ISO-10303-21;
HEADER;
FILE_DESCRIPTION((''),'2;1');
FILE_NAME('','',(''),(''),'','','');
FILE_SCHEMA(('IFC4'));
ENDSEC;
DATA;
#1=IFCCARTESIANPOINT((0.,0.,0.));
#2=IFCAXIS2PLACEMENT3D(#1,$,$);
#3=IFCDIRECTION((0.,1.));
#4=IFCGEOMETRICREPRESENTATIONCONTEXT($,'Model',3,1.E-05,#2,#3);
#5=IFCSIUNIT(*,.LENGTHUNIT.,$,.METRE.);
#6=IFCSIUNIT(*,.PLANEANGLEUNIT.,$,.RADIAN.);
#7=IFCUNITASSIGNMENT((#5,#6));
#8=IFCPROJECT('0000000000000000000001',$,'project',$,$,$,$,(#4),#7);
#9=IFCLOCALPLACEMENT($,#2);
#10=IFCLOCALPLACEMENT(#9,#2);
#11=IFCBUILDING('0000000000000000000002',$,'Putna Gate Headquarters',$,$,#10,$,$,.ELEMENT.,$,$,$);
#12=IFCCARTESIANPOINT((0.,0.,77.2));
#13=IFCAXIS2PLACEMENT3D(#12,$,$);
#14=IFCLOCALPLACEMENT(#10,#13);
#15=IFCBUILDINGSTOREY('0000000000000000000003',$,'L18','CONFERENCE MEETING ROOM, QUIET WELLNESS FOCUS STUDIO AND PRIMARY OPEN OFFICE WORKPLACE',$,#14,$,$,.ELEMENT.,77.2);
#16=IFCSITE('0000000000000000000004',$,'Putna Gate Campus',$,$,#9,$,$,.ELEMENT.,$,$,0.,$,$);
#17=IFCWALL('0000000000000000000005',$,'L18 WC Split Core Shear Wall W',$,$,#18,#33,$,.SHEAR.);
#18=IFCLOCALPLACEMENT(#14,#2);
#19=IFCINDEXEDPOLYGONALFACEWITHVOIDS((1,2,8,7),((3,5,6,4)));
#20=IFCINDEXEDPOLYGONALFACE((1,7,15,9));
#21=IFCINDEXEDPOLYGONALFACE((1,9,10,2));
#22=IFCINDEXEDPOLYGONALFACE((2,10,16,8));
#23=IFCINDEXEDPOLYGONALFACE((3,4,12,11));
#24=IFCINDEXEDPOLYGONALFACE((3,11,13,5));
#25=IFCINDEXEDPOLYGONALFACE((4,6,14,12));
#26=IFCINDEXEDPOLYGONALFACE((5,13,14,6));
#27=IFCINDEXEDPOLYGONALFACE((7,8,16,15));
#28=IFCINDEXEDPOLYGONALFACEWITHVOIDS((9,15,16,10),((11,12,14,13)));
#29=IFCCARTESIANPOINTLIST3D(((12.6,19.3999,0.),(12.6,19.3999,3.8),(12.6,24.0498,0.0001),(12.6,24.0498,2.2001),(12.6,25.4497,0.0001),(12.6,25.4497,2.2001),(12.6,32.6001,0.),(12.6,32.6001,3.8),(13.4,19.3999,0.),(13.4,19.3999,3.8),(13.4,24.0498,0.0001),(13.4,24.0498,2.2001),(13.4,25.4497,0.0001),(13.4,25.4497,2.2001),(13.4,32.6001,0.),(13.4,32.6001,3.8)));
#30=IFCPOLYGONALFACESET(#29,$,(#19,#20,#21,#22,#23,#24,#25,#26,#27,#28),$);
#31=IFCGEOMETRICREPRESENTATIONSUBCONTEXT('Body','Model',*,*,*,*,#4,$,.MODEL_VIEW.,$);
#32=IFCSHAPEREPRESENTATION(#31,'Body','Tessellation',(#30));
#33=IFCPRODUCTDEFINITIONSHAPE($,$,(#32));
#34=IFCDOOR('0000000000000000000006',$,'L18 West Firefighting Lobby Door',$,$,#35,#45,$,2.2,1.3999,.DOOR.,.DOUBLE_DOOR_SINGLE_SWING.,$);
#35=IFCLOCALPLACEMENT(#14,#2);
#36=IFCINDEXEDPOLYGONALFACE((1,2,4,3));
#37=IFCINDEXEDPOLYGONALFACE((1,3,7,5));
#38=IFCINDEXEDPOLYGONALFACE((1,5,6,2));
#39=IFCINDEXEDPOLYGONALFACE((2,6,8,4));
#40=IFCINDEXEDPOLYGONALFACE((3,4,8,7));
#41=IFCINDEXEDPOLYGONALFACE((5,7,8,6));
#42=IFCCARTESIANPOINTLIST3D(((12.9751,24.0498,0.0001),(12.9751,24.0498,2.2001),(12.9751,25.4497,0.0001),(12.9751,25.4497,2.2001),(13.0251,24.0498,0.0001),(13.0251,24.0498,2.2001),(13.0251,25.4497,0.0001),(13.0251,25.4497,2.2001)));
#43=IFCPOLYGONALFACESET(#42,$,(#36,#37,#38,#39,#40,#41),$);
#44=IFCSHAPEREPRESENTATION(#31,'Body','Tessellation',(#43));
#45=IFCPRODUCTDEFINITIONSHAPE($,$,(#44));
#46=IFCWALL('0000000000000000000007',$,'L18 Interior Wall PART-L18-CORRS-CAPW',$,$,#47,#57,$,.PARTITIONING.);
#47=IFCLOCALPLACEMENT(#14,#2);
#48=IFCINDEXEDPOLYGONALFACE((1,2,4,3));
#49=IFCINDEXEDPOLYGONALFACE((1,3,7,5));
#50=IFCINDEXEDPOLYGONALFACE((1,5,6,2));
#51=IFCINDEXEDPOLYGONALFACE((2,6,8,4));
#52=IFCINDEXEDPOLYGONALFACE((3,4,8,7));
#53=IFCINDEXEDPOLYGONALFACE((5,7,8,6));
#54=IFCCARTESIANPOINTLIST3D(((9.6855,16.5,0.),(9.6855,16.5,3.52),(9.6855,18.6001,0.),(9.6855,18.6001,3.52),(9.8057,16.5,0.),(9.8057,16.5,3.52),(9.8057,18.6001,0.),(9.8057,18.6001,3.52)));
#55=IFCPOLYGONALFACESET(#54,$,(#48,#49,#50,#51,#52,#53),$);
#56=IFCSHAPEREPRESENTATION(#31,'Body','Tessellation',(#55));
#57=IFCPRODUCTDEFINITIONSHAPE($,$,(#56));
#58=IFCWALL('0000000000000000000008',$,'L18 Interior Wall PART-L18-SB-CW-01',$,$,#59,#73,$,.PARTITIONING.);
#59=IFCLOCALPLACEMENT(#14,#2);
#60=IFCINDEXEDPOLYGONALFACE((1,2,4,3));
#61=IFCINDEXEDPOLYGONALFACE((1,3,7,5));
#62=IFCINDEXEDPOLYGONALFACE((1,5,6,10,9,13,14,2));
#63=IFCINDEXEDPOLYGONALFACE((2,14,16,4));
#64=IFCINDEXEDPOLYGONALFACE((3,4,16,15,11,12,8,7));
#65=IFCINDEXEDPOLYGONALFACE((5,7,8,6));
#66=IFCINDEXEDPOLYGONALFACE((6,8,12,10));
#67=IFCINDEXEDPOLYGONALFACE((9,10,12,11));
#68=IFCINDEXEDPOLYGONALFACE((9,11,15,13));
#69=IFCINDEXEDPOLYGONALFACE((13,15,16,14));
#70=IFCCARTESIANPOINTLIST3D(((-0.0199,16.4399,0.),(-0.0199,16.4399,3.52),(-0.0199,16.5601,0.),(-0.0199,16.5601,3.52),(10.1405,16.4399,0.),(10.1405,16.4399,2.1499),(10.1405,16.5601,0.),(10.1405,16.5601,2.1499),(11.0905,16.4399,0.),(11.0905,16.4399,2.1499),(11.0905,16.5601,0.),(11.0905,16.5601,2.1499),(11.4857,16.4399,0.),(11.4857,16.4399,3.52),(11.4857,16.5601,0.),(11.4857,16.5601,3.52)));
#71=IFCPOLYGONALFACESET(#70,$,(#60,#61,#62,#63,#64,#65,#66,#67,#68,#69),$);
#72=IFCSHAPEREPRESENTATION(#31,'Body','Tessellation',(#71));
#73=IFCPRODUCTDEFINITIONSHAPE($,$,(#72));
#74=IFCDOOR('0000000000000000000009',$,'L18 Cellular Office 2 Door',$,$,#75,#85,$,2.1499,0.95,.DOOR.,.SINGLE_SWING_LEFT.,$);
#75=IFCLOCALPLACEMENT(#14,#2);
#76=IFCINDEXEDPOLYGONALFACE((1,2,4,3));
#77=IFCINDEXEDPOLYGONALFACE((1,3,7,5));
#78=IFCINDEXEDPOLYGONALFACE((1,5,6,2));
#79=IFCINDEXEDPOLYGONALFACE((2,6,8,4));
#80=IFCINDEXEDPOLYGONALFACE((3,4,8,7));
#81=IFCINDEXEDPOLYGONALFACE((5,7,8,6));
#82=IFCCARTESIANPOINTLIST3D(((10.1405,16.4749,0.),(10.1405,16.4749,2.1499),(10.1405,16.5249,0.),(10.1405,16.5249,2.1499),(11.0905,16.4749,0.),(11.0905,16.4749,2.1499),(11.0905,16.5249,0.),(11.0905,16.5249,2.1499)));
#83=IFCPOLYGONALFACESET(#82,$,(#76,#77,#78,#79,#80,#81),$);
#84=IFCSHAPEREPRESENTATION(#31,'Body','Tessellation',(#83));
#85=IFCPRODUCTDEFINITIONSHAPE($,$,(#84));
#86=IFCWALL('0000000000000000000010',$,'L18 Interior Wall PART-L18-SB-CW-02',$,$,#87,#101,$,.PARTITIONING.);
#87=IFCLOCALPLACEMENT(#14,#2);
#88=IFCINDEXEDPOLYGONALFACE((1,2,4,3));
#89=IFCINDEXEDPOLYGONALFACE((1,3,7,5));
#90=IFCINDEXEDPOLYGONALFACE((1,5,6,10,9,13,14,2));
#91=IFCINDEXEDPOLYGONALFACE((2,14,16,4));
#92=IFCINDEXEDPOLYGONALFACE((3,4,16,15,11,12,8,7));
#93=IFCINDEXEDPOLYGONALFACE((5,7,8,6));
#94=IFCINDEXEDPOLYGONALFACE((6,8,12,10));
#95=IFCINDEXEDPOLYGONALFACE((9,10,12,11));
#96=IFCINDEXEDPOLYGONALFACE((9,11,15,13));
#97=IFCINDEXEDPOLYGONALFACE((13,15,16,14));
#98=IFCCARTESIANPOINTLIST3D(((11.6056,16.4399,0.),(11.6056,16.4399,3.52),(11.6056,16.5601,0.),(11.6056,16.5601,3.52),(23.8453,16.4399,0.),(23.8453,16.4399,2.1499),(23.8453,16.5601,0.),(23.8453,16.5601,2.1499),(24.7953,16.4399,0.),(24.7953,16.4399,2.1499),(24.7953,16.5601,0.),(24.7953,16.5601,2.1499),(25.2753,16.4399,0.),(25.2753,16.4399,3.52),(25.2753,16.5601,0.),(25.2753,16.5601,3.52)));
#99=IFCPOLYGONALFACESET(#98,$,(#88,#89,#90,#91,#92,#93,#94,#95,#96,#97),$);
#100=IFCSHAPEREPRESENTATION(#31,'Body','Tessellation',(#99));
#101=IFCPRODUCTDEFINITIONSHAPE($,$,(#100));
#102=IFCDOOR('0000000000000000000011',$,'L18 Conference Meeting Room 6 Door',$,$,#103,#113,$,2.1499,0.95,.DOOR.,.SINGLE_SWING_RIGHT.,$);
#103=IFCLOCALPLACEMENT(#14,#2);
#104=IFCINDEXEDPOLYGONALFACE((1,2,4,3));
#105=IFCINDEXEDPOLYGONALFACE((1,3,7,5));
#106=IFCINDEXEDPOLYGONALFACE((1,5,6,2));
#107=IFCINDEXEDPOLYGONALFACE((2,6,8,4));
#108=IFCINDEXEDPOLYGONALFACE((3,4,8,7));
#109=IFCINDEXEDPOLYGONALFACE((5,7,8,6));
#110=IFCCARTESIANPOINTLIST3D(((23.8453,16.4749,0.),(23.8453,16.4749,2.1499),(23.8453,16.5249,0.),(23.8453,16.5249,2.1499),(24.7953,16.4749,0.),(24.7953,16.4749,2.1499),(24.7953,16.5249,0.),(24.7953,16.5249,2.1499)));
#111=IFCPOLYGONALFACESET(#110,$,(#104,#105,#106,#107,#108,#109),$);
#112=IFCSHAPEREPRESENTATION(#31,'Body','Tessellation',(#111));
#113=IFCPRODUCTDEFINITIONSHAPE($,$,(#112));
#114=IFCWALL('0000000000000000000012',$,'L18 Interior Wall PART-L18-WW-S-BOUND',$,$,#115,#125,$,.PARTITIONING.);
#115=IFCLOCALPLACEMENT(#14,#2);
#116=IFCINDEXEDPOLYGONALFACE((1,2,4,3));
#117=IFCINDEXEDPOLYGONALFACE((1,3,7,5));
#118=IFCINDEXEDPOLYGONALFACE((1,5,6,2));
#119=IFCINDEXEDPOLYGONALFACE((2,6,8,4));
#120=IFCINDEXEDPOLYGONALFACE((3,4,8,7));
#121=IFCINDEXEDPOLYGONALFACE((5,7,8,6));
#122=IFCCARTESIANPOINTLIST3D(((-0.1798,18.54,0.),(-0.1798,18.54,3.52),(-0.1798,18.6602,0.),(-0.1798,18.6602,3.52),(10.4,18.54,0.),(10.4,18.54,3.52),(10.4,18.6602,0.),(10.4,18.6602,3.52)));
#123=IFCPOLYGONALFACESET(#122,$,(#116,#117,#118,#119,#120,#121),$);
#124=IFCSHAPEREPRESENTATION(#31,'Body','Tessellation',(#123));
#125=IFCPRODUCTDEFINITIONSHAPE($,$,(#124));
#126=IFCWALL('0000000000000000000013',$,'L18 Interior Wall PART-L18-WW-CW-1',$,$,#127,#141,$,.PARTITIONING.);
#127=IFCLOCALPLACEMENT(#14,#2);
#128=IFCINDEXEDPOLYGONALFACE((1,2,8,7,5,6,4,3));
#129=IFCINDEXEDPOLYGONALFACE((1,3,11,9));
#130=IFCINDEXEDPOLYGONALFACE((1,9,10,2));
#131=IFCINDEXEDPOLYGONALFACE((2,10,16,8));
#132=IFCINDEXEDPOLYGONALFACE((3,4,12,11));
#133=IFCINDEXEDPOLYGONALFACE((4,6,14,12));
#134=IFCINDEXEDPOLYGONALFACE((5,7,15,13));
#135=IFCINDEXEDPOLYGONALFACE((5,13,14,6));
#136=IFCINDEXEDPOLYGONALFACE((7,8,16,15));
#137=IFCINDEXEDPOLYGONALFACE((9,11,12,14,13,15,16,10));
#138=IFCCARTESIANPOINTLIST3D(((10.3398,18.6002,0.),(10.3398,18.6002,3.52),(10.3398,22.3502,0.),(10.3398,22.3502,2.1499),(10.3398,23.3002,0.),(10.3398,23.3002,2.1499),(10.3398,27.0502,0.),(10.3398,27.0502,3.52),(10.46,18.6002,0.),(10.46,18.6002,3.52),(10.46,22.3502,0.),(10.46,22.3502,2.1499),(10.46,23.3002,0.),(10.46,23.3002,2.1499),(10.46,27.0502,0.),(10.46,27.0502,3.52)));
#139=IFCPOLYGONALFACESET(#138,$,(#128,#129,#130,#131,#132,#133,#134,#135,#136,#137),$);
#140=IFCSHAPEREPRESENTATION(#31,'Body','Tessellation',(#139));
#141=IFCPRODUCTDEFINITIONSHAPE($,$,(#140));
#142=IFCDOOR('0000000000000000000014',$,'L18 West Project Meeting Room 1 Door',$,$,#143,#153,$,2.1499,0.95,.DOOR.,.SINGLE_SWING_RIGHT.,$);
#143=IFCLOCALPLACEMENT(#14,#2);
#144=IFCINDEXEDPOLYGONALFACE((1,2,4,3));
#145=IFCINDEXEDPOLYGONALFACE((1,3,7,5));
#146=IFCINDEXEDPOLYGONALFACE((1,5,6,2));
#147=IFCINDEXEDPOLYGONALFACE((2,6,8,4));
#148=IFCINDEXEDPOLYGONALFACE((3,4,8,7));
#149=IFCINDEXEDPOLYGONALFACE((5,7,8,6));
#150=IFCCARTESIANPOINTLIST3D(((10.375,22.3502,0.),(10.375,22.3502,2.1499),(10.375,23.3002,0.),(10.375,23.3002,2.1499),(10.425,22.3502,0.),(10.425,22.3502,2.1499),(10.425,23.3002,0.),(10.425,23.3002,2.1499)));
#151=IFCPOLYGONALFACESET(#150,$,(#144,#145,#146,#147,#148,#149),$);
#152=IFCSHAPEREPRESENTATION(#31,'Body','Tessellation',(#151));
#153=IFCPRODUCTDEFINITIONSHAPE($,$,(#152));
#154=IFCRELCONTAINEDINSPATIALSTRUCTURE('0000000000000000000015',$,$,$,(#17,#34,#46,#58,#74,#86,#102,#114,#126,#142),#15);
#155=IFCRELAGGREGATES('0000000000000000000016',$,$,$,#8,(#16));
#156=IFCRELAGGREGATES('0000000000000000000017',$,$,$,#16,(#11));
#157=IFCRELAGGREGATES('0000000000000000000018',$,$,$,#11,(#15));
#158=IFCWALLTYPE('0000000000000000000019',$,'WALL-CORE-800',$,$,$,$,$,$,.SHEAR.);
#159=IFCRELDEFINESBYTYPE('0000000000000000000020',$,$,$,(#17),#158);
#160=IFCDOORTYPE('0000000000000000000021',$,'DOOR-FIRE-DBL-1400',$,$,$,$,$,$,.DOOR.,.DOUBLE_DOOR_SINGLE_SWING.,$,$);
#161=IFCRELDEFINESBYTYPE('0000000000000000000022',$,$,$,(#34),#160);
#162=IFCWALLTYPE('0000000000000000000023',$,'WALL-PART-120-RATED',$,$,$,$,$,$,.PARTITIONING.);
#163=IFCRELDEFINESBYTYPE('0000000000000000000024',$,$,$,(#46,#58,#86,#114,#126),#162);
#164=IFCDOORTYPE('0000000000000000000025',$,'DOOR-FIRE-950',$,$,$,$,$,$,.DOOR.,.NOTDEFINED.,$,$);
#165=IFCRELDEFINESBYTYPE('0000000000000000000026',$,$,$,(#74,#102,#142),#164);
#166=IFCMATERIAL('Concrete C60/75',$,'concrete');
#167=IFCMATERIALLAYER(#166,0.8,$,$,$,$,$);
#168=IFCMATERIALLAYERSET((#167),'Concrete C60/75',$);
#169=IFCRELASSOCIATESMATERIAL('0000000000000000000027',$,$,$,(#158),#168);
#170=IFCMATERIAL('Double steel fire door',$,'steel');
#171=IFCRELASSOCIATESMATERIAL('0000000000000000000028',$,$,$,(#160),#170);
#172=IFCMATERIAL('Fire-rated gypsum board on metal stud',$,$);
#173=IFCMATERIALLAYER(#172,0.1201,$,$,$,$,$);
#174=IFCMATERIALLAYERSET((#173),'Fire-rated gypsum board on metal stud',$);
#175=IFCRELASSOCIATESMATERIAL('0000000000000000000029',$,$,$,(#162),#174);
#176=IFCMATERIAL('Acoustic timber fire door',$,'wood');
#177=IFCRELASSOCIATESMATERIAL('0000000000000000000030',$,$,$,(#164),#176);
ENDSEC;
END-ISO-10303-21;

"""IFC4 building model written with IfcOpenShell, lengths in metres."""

from ifc_helpers import new_model, si_unit, direction, frame, frame_2d, origin, place, context, subcontext, project, spatial, rectangle, extrude, material, layer, layer_set, type_object, element, fill, save


model = new_model("IFC4")

# Units and contexts
model_context = context("Model", 3, precision=1e-05, world=origin(), true_north=direction((0.0, 1.0)))
body_context = subcontext(model_context, "Body", "Model", "MODEL_VIEW")
ifc_project = project(units=[si_unit("LENGTHUNIT", "METRE"), si_unit("PLANEANGLEUNIT", "RADIAN")], contexts=[model_context])

# Site, building, storey
site_placement = place(None, origin())
site = spatial("IfcSite", under=ifc_project, at=site_placement, Name="Putna Gate Campus", CompositionType="ELEMENT", RefElevation=0.0)
building_placement = place(site_placement, origin())
building = spatial("IfcBuilding", under=site, at=building_placement, Name="Putna Gate Headquarters", CompositionType="ELEMENT")
storey_placement = place(building_placement, frame((0.0, 0.0, 77.2)))
storey = spatial("IfcBuildingStorey", under=building, at=storey_placement, Name="L18", Description="CONFERENCE MEETING ROOM, QUIET WELLNESS FOCUS STUDIO AND PRIMARY OPEN OFFICE WORKPLACE", CompositionType="ELEMENT", Elevation=77.2)

# Shared definitions
ifc_material_1 = material(Name="Concrete C60/75", Category="concrete")

# Wall, opening, door
ifc_layer_1 = layer(ifc_material_1, 0.8)
ifc_layer_set_1 = layer_set([ifc_layer_1], Name="Concrete C60/75")
wall_type_1 = type_object("IfcWallType", Name="WALL-CORE-800", PredefinedType="SHEAR", material=ifc_layer_set_1)
ifc_material_2 = material(Name="Double steel fire door", Category="steel")
door_type_1 = type_object("IfcDoorType", Name="DOOR-FIRE-DBL-1400", OperationType="DOUBLE_DOOR_SINGLE_SWING", PredefinedType="DOOR", material=ifc_material_2)
wall_1_placement = place(storey_placement, frame((13.0, 19.3999, 0.0), z_axis=(0.0, 0.0, 1.0), x_axis=(0.0, 1.0, 0.0)))
wall_1 = element("IfcWall", 1, at=wall_1_placement, inside=storey, type_object=wall_type_1, Name="L18 WC Split Core Shear Wall W", PredefinedType="SHEAR", context=body_context, shape_type="SweptSolid", body=[
    extrude(rectangle(XDim=13.2002, YDim=0.8, at=frame_2d((6.6001, 0.0))), origin(), (0.0, 0.0, 1.0), 3.8),
])
opening_1_placement = place(wall_1_placement, frame((4.6499, 0.0, 0.0)))
opening_1 = element("IfcOpeningElement", 2, at=opening_1_placement, cuts=wall_1, PredefinedType="OPENING", context=body_context, shape_type="SweptSolid", body=[
    extrude(rectangle(XDim=1.3999, YDim=2.2, at=frame_2d((0.7, 1.1001))), frame((0.0, 0.4099, 0.0), z_axis=(0.0, -1.0, 0.0), x_axis=(1.0, 0.0, 0.0)), (0.0, 0.0, 1.0), 0.8201),
])
door_1_placement = place(opening_1_placement, origin())
door_1 = element("IfcDoor", 3, at=door_1_placement, inside=storey, type_object=door_type_1, Name="L18 West Firefighting Lobby Door", OperationType="DOUBLE_DOOR_SINGLE_SWING", OverallHeight=2.2, OverallWidth=1.3999, PredefinedType="DOOR", context=body_context, shape_type="SweptSolid", body=[
    extrude(rectangle(XDim=1.3999, YDim=2.2, at=frame_2d((0.7, 1.1001))), frame((0.0, 0.0249, 0.0), z_axis=(0.0, -1.0, 0.0), x_axis=(1.0, 0.0, 0.0)), (0.0, 0.0, 1.0), 0.05),
])
fill(opening_1, door_1)

# Wall
ifc_material_3 = material(Name="Fire-rated gypsum board on metal stud")
ifc_layer_2 = layer(ifc_material_3, 0.1201)
ifc_layer_set_2 = layer_set([ifc_layer_2], Name="Fire-rated gypsum board on metal stud")
wall_type_2 = type_object("IfcWallType", Name="WALL-PART-120-RATED", PredefinedType="PARTITIONING", material=ifc_layer_set_2)
wall_2_placement = place(storey_placement, frame((9.7456, 16.5, 0.0), z_axis=(0.0, 0.0, 1.0), x_axis=(0.0, 1.0, 0.0)))
element("IfcWall", 4, at=wall_2_placement, inside=storey, type_object=wall_type_2, Name="L18 Interior Wall PART-L18-CORRS-CAPW", PredefinedType="PARTITIONING", context=body_context, shape_type="SweptSolid", body=[
    extrude(rectangle(XDim=2.1001, YDim=0.1201, at=frame_2d((1.05, 0.0))), origin(), (0.0, 0.0, 1.0), 3.52),
])

# Walls, openings, doors
wall_3_placement = place(storey_placement, frame((-0.02, 16.5, 0.0), z_axis=(0.0, 0.0, 1.0), x_axis=(1.0, 0.0, 0.0)))
wall_3 = element("IfcWall", 5, at=wall_3_placement, inside=storey, type_object=wall_type_2, Name="L18 Interior Wall PART-L18-SB-CW-01", PredefinedType="PARTITIONING", context=body_context, shape_type="SweptSolid", body=[
    extrude(rectangle(XDim=11.5056, YDim=0.1201, at=frame_2d((5.7529, 0.0))), origin(), (0.0, 0.0, 1.0), 3.52),
])
opening_2_placement = place(wall_3_placement, frame((10.1604, 0.0, 0.0)))
opening_2 = element("IfcOpeningElement", 6, at=opening_2_placement, cuts=wall_3, PredefinedType="OPENING", context=body_context, shape_type="SweptSolid", body=[
    extrude(rectangle(XDim=0.95, YDim=2.1499, at=frame_2d((0.4751, 1.075))), frame((0.0, 0.0701, 0.0), z_axis=(0.0, -1.0, 0.0), x_axis=(1.0, 0.0, 0.0)), (0.0, 0.0, 1.0), 0.1401),
])
ifc_material_4 = material(Name="Acoustic timber fire door", Category="wood")
door_type_2 = type_object("IfcDoorType", Name="DOOR-FIRE-950", OperationType="NOTDEFINED", PredefinedType="DOOR", material=ifc_material_4)
door_2_placement = place(opening_2_placement, origin())
door_2 = element("IfcDoor", 7, at=door_2_placement, inside=storey, type_object=door_type_2, Name="L18 Cellular Office 2 Door", OperationType="SINGLE_SWING_LEFT", OverallHeight=2.1499, OverallWidth=0.95, PredefinedType="DOOR", context=body_context, shape_type="SweptSolid", body=[
    extrude(rectangle(XDim=0.95, YDim=2.1499, at=frame_2d((0.4751, 1.075))), frame((0.0, 0.0249, 0.0), z_axis=(0.0, -1.0, 0.0), x_axis=(1.0, 0.0, 0.0)), (0.0, 0.0, 1.0), 0.05),
])
fill(opening_2, door_2)
wall_4_placement = place(storey_placement, frame((11.6055, 16.5, 0.0), z_axis=(0.0, 0.0, 1.0), x_axis=(1.0, 0.0, 0.0)))
wall_4 = element("IfcWall", 8, at=wall_4_placement, inside=storey, type_object=wall_type_2, Name="L18 Interior Wall PART-L18-SB-CW-02", PredefinedType="PARTITIONING", context=body_context, shape_type="SweptSolid", body=[
    extrude(rectangle(XDim=13.6697, YDim=0.1201, at=frame_2d((6.835, 0.0))), origin(), (0.0, 0.0, 1.0), 3.52),
])
opening_3_placement = place(wall_4_placement, frame((12.2397, 0.0, 0.0)))
opening_3 = element("IfcOpeningElement", 9, at=opening_3_placement, cuts=wall_4, PredefinedType="OPENING", context=body_context, shape_type="SweptSolid", body=[
    extrude(rectangle(XDim=0.95, YDim=2.1499, at=frame_2d((0.4751, 1.075))), frame((0.0, 0.0701, 0.0), z_axis=(0.0, -1.0, 0.0), x_axis=(1.0, 0.0, 0.0)), (0.0, 0.0, 1.0), 0.1401),
])
door_3_placement = place(opening_3_placement, origin())
door_3 = element("IfcDoor", 10, at=door_3_placement, inside=storey, type_object=door_type_2, Name="L18 Conference Meeting Room 6 Door", OperationType="SINGLE_SWING_RIGHT", OverallHeight=2.1499, OverallWidth=0.95, PredefinedType="DOOR", context=body_context, shape_type="SweptSolid", body=[
    extrude(rectangle(XDim=0.95, YDim=2.1499, at=frame_2d((0.4751, 1.075))), frame((0.0, 0.0249, 0.0), z_axis=(0.0, -1.0, 0.0), x_axis=(1.0, 0.0, 0.0)), (0.0, 0.0, 1.0), 0.05),
])
fill(opening_3, door_3)

# Wall
wall_5_placement = place(storey_placement, frame((-0.1799, 18.6001, 0.0), z_axis=(0.0, 0.0, 1.0), x_axis=(1.0, 0.0, 0.0)))
element("IfcWall", 11, at=wall_5_placement, inside=storey, type_object=wall_type_2, Name="L18 Interior Wall PART-L18-WW-S-BOUND", PredefinedType="PARTITIONING", context=body_context, shape_type="SweptSolid", body=[
    extrude(rectangle(XDim=10.5798, YDim=0.1201, at=frame_2d((5.29, 0.0))), origin(), (0.0, 0.0, 1.0), 3.52),
])

# Wall, opening, door
wall_6_placement = place(storey_placement, frame((10.3999, 18.6001, 0.0), z_axis=(0.0, 0.0, 1.0), x_axis=(0.0, 1.0, 0.0)))
wall_6 = element("IfcWall", 12, at=wall_6_placement, inside=storey, type_object=wall_type_2, Name="L18 Interior Wall PART-L18-WW-CW-1", PredefinedType="PARTITIONING", context=body_context, shape_type="SweptSolid", body=[
    extrude(rectangle(XDim=8.45, YDim=0.1201, at=frame_2d((4.2251, 0.0))), origin(), (0.0, 0.0, 1.0), 3.52),
])
opening_4_placement = place(wall_6_placement, frame((3.75, 0.0, 0.0)))
opening_4 = element("IfcOpeningElement", 13, at=opening_4_placement, cuts=wall_6, PredefinedType="OPENING", context=body_context, shape_type="SweptSolid", body=[
    extrude(rectangle(XDim=0.95, YDim=2.1499, at=frame_2d((0.4751, 1.075))), frame((0.0, 0.0701, 0.0), z_axis=(0.0, -1.0, 0.0), x_axis=(1.0, 0.0, 0.0)), (0.0, 0.0, 1.0), 0.1401),
])
door_4_placement = place(opening_4_placement, origin())
door_4 = element("IfcDoor", 14, at=door_4_placement, inside=storey, type_object=door_type_2, Name="L18 West Project Meeting Room 1 Door", OperationType="SINGLE_SWING_RIGHT", OverallHeight=2.1499, OverallWidth=0.95, PredefinedType="DOOR", context=body_context, shape_type="SweptSolid", body=[
    extrude(rectangle(XDim=0.95, YDim=2.1499, at=frame_2d((0.4751, 1.075))), frame((0.0, 0.0249, 0.0), z_axis=(0.0, -1.0, 0.0), x_axis=(1.0, 0.0, 0.0)), (0.0, 0.0, 1.0), 0.05),
])
fill(opening_4, door_4)

save(model, "model.ifc")
